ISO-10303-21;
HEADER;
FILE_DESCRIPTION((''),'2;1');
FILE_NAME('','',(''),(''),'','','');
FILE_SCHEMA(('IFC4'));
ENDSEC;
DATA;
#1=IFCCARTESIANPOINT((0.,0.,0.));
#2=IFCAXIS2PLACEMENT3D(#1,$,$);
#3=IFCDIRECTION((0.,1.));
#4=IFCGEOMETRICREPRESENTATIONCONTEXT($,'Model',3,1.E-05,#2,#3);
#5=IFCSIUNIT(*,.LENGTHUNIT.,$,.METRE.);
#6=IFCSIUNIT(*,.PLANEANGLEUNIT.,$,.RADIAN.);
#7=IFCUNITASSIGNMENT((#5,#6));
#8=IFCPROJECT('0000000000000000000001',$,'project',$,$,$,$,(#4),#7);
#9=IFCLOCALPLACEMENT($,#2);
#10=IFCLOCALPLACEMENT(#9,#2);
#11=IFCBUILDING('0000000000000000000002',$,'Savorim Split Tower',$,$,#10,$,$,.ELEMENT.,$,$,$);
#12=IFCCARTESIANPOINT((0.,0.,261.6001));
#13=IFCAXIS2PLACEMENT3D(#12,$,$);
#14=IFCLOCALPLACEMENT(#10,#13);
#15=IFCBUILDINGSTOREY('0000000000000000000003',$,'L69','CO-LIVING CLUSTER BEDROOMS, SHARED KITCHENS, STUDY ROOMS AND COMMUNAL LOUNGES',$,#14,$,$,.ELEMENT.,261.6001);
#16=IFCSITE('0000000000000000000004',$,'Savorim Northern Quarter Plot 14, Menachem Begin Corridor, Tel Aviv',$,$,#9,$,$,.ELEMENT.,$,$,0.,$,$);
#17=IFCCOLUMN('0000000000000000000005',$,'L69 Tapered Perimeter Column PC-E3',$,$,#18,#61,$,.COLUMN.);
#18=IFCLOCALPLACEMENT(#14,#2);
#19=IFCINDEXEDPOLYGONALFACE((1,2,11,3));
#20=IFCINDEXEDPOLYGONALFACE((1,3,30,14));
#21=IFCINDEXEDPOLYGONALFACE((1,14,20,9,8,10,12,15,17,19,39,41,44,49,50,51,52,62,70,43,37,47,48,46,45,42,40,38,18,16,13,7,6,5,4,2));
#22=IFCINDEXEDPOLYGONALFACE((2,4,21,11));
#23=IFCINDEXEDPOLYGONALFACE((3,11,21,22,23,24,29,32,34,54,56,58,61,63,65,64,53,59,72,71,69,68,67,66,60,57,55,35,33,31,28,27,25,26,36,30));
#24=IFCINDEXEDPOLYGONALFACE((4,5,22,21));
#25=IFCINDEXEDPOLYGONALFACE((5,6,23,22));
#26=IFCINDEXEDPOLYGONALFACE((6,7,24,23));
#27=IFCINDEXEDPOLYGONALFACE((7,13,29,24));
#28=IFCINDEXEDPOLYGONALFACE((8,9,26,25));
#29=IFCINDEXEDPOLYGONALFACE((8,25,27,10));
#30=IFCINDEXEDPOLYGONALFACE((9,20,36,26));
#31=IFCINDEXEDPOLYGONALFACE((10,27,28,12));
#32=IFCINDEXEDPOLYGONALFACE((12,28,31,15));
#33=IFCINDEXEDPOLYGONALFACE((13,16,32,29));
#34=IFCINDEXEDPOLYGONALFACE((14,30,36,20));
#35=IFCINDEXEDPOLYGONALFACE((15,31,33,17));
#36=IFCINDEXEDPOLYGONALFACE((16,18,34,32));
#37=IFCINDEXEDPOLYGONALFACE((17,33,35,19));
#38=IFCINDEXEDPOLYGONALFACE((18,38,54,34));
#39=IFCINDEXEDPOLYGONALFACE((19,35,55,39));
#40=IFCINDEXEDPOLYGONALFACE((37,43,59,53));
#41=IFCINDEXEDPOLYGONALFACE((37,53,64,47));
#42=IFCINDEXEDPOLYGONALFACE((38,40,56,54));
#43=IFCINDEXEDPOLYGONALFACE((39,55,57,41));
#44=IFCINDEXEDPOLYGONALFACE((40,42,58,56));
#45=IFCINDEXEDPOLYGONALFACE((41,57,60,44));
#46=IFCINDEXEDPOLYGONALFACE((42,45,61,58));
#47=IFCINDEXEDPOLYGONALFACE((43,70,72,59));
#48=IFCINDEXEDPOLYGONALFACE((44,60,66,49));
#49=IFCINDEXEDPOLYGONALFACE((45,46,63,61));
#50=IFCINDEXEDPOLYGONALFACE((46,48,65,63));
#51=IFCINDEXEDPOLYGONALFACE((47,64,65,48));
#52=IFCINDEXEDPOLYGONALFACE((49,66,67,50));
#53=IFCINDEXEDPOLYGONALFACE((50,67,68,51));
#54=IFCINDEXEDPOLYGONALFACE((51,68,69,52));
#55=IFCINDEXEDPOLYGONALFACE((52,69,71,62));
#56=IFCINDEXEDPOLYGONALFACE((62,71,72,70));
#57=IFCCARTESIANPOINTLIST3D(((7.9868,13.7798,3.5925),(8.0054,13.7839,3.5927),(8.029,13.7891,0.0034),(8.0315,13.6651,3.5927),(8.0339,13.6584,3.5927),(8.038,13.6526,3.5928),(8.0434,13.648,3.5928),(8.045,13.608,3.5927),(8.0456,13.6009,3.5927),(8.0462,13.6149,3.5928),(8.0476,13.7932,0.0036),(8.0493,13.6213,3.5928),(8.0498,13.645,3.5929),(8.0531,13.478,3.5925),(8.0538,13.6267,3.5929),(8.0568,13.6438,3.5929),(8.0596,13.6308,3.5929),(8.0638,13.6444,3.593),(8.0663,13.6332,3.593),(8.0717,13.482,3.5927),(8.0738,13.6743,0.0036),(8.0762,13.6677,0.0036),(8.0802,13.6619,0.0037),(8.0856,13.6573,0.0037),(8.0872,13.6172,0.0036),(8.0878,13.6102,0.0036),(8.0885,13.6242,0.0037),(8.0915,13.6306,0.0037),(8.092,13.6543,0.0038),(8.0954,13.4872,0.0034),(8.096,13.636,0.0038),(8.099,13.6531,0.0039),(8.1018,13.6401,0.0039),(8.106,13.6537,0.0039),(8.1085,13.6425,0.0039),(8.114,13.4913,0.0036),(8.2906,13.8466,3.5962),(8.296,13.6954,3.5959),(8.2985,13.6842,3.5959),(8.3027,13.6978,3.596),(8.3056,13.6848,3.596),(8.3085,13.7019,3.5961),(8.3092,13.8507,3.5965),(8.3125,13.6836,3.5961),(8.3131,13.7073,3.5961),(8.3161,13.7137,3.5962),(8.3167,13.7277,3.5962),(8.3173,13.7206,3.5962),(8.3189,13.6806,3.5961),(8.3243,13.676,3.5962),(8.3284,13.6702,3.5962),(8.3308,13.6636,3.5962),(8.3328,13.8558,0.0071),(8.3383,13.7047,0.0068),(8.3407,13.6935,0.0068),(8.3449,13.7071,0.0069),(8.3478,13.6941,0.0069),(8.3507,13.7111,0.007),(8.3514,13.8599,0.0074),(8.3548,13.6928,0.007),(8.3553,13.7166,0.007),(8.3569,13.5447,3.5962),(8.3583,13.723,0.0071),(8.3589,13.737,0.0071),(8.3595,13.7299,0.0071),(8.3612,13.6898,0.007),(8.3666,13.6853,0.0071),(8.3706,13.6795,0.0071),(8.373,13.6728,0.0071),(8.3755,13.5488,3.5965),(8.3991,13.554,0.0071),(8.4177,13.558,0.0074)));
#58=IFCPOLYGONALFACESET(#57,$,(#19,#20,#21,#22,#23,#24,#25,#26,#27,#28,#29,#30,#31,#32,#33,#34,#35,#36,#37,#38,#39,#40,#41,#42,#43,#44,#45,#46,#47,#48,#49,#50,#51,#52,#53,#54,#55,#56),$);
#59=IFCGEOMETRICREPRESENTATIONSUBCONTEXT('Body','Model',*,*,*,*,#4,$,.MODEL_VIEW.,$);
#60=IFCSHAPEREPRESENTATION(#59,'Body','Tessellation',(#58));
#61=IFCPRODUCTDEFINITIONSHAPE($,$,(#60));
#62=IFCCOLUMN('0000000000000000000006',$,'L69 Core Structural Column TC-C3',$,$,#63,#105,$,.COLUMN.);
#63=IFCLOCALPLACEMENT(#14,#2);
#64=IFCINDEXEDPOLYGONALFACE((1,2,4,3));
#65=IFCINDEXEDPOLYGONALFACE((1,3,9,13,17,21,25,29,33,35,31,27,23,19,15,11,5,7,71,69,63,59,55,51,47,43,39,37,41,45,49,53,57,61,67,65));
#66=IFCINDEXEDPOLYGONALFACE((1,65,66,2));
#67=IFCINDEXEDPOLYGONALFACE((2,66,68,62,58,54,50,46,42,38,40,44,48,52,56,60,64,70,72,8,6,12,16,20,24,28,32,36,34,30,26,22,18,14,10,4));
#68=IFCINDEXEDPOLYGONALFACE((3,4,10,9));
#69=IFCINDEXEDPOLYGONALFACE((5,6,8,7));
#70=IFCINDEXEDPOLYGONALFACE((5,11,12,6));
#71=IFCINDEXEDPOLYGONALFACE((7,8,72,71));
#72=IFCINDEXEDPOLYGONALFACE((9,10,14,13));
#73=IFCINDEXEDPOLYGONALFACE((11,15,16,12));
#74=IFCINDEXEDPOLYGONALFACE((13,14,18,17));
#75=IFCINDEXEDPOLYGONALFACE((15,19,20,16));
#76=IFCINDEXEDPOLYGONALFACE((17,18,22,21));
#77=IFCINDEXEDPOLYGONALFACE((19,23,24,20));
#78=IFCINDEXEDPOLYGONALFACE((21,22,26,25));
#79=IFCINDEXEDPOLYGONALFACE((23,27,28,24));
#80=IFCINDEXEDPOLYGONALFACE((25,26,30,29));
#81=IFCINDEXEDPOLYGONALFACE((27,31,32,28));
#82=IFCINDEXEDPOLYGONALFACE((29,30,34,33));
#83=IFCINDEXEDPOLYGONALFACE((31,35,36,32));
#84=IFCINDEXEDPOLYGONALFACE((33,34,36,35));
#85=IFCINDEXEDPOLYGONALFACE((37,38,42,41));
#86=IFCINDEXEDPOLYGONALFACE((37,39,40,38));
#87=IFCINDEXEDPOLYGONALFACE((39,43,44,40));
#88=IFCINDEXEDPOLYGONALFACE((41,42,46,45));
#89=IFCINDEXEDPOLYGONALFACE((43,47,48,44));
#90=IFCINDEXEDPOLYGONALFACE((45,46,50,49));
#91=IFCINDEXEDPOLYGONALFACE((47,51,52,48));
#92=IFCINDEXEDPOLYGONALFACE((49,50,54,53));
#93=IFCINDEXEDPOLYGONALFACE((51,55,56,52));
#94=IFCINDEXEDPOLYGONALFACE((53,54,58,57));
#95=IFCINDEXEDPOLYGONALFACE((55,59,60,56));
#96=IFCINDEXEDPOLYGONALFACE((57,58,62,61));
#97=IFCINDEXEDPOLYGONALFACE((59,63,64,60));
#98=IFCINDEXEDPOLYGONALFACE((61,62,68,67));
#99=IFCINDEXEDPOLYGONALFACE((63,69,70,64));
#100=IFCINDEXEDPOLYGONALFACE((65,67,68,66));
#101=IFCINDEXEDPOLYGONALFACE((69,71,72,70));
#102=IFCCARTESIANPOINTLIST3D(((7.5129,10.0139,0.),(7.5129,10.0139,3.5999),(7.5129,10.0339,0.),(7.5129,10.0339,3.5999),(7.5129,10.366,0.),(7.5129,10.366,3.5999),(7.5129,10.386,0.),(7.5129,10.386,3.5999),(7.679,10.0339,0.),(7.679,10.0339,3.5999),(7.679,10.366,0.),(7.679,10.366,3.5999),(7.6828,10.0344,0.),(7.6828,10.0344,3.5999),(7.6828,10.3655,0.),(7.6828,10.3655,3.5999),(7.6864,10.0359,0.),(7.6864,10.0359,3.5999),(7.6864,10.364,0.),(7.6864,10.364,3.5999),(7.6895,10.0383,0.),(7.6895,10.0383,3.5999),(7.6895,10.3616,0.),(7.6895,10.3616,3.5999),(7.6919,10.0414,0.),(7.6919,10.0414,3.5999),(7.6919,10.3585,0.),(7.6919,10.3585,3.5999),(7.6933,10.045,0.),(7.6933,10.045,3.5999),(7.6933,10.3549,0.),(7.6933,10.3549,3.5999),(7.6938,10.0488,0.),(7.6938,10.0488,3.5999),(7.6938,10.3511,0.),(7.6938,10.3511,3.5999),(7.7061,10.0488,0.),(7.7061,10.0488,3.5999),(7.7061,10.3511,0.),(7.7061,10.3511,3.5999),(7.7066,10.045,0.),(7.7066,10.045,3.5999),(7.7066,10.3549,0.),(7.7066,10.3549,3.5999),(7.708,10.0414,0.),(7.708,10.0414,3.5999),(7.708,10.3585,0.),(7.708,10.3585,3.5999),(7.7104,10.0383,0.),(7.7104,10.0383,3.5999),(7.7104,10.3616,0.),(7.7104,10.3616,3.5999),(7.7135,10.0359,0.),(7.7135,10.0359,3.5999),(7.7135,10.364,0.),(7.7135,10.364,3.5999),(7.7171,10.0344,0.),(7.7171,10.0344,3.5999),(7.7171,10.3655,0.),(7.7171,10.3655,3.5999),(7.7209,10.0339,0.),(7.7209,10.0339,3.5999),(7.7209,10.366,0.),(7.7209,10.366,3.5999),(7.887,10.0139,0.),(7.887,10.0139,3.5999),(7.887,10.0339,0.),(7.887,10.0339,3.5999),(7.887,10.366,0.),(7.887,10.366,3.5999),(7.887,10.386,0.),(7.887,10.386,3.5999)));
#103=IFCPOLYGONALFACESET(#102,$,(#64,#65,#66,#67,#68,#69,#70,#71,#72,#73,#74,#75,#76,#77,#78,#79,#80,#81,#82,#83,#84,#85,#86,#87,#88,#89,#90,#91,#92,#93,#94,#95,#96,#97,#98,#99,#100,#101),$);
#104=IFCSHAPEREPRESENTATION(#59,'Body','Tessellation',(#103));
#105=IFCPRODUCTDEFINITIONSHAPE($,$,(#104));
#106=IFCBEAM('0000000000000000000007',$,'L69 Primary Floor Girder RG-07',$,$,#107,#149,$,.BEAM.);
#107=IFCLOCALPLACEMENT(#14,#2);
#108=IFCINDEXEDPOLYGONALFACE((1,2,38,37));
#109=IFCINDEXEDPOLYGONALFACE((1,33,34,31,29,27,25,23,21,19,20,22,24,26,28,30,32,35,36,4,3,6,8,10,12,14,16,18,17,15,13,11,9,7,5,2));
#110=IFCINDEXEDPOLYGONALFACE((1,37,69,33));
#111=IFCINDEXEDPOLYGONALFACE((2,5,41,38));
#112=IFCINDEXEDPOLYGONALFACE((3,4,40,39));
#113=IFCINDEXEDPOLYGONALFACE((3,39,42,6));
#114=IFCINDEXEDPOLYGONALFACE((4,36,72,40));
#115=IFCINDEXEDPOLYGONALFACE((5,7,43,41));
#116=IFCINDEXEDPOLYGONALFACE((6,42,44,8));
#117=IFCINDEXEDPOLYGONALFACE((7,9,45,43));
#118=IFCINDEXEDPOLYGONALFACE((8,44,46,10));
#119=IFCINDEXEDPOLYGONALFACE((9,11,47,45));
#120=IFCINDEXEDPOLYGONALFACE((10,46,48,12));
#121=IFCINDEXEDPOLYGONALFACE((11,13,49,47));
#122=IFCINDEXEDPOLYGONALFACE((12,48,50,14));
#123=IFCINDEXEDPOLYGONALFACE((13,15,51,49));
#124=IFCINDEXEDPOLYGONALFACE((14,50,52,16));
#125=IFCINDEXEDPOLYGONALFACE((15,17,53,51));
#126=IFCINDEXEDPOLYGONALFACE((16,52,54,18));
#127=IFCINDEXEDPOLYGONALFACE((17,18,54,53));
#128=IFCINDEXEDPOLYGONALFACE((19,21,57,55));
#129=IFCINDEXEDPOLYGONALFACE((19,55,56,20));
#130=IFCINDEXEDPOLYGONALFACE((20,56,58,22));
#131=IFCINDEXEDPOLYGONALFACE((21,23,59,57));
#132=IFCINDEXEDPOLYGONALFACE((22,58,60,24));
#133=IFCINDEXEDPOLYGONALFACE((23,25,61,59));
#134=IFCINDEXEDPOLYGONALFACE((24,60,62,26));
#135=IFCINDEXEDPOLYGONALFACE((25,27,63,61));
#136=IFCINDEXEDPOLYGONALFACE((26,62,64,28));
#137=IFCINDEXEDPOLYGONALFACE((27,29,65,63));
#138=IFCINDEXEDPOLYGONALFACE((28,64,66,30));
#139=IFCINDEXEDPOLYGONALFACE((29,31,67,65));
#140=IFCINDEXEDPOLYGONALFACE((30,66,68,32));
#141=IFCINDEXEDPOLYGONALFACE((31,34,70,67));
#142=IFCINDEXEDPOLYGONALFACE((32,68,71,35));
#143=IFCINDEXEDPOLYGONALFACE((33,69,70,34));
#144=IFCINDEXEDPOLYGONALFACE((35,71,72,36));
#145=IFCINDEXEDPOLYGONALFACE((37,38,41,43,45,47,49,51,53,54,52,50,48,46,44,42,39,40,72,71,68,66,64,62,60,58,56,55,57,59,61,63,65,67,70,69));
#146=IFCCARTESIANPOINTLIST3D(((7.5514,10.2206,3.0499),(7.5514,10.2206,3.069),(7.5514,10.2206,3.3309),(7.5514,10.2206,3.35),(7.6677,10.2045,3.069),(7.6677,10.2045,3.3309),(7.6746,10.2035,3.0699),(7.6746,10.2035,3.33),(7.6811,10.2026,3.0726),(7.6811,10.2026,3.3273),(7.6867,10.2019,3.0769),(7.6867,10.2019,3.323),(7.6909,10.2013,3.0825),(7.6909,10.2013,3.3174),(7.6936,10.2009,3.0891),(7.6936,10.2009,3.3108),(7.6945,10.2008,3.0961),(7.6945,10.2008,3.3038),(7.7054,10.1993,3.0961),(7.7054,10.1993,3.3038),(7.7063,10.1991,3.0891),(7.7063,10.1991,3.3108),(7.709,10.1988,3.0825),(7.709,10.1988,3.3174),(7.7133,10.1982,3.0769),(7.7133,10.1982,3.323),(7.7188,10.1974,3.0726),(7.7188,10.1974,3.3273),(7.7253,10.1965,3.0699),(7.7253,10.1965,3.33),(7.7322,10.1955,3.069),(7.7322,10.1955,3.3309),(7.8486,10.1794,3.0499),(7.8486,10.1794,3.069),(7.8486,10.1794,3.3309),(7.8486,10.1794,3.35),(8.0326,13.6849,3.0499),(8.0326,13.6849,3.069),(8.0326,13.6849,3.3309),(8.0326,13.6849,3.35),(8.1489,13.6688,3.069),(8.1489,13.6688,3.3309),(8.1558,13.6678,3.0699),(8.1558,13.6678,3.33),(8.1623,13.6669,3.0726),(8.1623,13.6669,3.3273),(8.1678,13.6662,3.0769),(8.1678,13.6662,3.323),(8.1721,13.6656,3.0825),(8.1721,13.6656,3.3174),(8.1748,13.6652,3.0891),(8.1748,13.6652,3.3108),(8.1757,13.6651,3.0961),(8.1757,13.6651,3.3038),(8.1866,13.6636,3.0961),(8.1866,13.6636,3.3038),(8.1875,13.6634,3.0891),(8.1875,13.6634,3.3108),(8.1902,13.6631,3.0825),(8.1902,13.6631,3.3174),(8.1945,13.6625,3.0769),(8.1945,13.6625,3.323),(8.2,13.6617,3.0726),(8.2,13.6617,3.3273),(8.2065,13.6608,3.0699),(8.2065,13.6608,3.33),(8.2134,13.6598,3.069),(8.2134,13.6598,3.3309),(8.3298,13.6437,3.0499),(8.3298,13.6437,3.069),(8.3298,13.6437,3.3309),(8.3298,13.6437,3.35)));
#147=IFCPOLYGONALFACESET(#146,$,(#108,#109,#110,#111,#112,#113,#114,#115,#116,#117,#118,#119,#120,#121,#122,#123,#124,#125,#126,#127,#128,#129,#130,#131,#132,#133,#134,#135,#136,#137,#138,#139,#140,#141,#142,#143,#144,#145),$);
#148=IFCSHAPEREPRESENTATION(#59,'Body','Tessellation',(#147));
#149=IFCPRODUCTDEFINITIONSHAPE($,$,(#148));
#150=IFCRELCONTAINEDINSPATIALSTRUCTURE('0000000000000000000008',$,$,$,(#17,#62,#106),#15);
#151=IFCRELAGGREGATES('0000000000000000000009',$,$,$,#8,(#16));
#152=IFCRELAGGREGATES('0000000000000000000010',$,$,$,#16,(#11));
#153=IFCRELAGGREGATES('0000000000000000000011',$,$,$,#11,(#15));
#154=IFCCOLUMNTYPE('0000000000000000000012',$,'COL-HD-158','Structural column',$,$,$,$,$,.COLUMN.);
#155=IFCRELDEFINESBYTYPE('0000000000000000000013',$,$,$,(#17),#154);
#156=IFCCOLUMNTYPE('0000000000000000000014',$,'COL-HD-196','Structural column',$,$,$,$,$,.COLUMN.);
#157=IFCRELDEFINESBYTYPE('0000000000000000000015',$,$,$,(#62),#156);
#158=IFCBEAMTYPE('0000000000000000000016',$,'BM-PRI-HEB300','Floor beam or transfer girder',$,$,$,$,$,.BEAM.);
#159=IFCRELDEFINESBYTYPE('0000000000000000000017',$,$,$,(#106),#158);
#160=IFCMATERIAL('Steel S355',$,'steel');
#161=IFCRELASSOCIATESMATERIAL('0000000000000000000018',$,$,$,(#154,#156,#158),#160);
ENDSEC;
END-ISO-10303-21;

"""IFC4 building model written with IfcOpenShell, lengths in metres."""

from ifc_helpers import new_model, si_unit, direction, frame, origin, origin_2d, place, context, subcontext, project, spatial, i_section, extrude, material, material_profile, profile_set, type_object, element, save


model = new_model("IFC4")

# Units and contexts
model_context = context("Model", 3, precision=1e-05, world=origin(), true_north=direction((0.0, 1.0)))
body_context = subcontext(model_context, "Body", "Model", "MODEL_VIEW")
ifc_project = project(units=[si_unit("LENGTHUNIT", "METRE"), si_unit("PLANEANGLEUNIT", "RADIAN")], contexts=[model_context])

# Site, building, storey
site_placement = place(None, origin())
site = spatial("IfcSite", under=ifc_project, at=site_placement, Name="Savorim Northern Quarter Plot 14, Menachem Begin Corridor, Tel Aviv", CompositionType="ELEMENT", RefElevation=0.0)
building_placement = place(site_placement, origin())
building = spatial("IfcBuilding", under=site, at=building_placement, Name="Savorim Split Tower", CompositionType="ELEMENT")
storey_placement = place(building_placement, frame((0.0, 0.0, 261.6001)))
storey = spatial("IfcBuildingStorey", under=building, at=storey_placement, Name="L69", Description="CO-LIVING CLUSTER BEDROOMS, SHARED KITCHENS, STUDY ROOMS AND COMMUNAL LOUNGES", CompositionType="ELEMENT", Elevation=261.6001)

# Columns
ifc_material_1 = material(Name="Steel S355", Category="steel")
ifc_material_profile_1 = material_profile(ifc_material_1, i_section(OverallWidth=0.3091, OverallDepth=0.3301, WebThickness=0.0115, FlangeThickness=0.019, FilletRadius=0.0271, at=origin_2d()), Name="HD 320x158")
ifc_profile_set_1 = profile_set([ifc_material_profile_1], Name="Steel S355")
column_type_1 = type_object("IfcColumnType", Name="COL-HD-158", Description="Structural column", PredefinedType="COLUMN", material=ifc_profile_set_1)
column_1_placement = place(storey_placement, frame((8.2234, 13.6736, 0.0054), z_axis=(-0.011767, -0.002585, 0.999927), x_axis=(0.214539, -0.976715, 0.0)))
element("IfcColumn", 1, at=column_1_placement, inside=storey, type_object=column_type_1, Name="L69 Tapered Perimeter Column PC-E3", PredefinedType="COLUMN", context=body_context, shape_type="SweptSolid", body=[
    extrude(i_section(OverallWidth=0.3091, OverallDepth=0.3301, WebThickness=0.0115, FlangeThickness=0.019, FilletRadius=0.0271, at=origin_2d()), origin(), (0.0, 0.0, 1.0), 3.5894),
])
ifc_material_profile_2 = material_profile(ifc_material_1, i_section(OverallWidth=0.374, OverallDepth=0.3721, WebThickness=0.0122, FlangeThickness=0.02, FilletRadius=0.0149, at=origin_2d()), Name="HD 360x196")
ifc_profile_set_2 = profile_set([ifc_material_profile_2], Name="Steel S355")
column_type_2 = type_object("IfcColumnType", Name="COL-HD-196", Description="Structural column", PredefinedType="COLUMN", material=ifc_profile_set_2)
column_2_placement = place(storey_placement, frame((7.7, 10.2, 0.0), z_axis=(0.0, 0.0, 1.0), x_axis=(1.0, 0.0, 0.0)))
element("IfcColumn", 2, at=column_2_placement, inside=storey, type_object=column_type_2, Name="L69 Core Structural Column TC-C3", PredefinedType="COLUMN", context=body_context, shape_type="SweptSolid", body=[
    extrude(i_section(OverallWidth=0.374, OverallDepth=0.3721, WebThickness=0.0122, FlangeThickness=0.02, FilletRadius=0.0149, at=origin_2d()), origin(), (0.0, 0.0, 1.0), 3.5999),
])

# Beam
ifc_material_profile_3 = material_profile(ifc_material_1, i_section(OverallWidth=0.3, OverallDepth=0.3, WebThickness=0.011, FlangeThickness=0.019, FilletRadius=0.0271, at=origin_2d()), Name="HEB 300")
ifc_profile_set_3 = profile_set([ifc_material_profile_3], Name="Steel S355")
beam_type_1 = type_object("IfcBeamType", Name="BM-PRI-HEB300", Description="Floor beam or transfer girder", PredefinedType="BEAM", material=ifc_profile_set_3)
beam_1_placement = place(storey_placement, frame((8.1812, 13.6643, 3.2), z_axis=(-0.13758, -0.990491, 0.0), x_axis=(0.990491, -0.13758, 0.0)))
element("IfcBeam", 3, at=beam_1_placement, inside=storey, type_object=beam_type_1, Name="L69 Primary Floor Girder RG-07", PredefinedType="BEAM", context=body_context, shape_type="SweptSolid", body=[
    extrude(i_section(OverallWidth=0.3, OverallDepth=0.3, WebThickness=0.011, FlangeThickness=0.019, FilletRadius=0.0271, at=origin_2d()), origin(), (0.0, 0.0, 1.0), 3.4976),
])

save(model, "model.ifc")
